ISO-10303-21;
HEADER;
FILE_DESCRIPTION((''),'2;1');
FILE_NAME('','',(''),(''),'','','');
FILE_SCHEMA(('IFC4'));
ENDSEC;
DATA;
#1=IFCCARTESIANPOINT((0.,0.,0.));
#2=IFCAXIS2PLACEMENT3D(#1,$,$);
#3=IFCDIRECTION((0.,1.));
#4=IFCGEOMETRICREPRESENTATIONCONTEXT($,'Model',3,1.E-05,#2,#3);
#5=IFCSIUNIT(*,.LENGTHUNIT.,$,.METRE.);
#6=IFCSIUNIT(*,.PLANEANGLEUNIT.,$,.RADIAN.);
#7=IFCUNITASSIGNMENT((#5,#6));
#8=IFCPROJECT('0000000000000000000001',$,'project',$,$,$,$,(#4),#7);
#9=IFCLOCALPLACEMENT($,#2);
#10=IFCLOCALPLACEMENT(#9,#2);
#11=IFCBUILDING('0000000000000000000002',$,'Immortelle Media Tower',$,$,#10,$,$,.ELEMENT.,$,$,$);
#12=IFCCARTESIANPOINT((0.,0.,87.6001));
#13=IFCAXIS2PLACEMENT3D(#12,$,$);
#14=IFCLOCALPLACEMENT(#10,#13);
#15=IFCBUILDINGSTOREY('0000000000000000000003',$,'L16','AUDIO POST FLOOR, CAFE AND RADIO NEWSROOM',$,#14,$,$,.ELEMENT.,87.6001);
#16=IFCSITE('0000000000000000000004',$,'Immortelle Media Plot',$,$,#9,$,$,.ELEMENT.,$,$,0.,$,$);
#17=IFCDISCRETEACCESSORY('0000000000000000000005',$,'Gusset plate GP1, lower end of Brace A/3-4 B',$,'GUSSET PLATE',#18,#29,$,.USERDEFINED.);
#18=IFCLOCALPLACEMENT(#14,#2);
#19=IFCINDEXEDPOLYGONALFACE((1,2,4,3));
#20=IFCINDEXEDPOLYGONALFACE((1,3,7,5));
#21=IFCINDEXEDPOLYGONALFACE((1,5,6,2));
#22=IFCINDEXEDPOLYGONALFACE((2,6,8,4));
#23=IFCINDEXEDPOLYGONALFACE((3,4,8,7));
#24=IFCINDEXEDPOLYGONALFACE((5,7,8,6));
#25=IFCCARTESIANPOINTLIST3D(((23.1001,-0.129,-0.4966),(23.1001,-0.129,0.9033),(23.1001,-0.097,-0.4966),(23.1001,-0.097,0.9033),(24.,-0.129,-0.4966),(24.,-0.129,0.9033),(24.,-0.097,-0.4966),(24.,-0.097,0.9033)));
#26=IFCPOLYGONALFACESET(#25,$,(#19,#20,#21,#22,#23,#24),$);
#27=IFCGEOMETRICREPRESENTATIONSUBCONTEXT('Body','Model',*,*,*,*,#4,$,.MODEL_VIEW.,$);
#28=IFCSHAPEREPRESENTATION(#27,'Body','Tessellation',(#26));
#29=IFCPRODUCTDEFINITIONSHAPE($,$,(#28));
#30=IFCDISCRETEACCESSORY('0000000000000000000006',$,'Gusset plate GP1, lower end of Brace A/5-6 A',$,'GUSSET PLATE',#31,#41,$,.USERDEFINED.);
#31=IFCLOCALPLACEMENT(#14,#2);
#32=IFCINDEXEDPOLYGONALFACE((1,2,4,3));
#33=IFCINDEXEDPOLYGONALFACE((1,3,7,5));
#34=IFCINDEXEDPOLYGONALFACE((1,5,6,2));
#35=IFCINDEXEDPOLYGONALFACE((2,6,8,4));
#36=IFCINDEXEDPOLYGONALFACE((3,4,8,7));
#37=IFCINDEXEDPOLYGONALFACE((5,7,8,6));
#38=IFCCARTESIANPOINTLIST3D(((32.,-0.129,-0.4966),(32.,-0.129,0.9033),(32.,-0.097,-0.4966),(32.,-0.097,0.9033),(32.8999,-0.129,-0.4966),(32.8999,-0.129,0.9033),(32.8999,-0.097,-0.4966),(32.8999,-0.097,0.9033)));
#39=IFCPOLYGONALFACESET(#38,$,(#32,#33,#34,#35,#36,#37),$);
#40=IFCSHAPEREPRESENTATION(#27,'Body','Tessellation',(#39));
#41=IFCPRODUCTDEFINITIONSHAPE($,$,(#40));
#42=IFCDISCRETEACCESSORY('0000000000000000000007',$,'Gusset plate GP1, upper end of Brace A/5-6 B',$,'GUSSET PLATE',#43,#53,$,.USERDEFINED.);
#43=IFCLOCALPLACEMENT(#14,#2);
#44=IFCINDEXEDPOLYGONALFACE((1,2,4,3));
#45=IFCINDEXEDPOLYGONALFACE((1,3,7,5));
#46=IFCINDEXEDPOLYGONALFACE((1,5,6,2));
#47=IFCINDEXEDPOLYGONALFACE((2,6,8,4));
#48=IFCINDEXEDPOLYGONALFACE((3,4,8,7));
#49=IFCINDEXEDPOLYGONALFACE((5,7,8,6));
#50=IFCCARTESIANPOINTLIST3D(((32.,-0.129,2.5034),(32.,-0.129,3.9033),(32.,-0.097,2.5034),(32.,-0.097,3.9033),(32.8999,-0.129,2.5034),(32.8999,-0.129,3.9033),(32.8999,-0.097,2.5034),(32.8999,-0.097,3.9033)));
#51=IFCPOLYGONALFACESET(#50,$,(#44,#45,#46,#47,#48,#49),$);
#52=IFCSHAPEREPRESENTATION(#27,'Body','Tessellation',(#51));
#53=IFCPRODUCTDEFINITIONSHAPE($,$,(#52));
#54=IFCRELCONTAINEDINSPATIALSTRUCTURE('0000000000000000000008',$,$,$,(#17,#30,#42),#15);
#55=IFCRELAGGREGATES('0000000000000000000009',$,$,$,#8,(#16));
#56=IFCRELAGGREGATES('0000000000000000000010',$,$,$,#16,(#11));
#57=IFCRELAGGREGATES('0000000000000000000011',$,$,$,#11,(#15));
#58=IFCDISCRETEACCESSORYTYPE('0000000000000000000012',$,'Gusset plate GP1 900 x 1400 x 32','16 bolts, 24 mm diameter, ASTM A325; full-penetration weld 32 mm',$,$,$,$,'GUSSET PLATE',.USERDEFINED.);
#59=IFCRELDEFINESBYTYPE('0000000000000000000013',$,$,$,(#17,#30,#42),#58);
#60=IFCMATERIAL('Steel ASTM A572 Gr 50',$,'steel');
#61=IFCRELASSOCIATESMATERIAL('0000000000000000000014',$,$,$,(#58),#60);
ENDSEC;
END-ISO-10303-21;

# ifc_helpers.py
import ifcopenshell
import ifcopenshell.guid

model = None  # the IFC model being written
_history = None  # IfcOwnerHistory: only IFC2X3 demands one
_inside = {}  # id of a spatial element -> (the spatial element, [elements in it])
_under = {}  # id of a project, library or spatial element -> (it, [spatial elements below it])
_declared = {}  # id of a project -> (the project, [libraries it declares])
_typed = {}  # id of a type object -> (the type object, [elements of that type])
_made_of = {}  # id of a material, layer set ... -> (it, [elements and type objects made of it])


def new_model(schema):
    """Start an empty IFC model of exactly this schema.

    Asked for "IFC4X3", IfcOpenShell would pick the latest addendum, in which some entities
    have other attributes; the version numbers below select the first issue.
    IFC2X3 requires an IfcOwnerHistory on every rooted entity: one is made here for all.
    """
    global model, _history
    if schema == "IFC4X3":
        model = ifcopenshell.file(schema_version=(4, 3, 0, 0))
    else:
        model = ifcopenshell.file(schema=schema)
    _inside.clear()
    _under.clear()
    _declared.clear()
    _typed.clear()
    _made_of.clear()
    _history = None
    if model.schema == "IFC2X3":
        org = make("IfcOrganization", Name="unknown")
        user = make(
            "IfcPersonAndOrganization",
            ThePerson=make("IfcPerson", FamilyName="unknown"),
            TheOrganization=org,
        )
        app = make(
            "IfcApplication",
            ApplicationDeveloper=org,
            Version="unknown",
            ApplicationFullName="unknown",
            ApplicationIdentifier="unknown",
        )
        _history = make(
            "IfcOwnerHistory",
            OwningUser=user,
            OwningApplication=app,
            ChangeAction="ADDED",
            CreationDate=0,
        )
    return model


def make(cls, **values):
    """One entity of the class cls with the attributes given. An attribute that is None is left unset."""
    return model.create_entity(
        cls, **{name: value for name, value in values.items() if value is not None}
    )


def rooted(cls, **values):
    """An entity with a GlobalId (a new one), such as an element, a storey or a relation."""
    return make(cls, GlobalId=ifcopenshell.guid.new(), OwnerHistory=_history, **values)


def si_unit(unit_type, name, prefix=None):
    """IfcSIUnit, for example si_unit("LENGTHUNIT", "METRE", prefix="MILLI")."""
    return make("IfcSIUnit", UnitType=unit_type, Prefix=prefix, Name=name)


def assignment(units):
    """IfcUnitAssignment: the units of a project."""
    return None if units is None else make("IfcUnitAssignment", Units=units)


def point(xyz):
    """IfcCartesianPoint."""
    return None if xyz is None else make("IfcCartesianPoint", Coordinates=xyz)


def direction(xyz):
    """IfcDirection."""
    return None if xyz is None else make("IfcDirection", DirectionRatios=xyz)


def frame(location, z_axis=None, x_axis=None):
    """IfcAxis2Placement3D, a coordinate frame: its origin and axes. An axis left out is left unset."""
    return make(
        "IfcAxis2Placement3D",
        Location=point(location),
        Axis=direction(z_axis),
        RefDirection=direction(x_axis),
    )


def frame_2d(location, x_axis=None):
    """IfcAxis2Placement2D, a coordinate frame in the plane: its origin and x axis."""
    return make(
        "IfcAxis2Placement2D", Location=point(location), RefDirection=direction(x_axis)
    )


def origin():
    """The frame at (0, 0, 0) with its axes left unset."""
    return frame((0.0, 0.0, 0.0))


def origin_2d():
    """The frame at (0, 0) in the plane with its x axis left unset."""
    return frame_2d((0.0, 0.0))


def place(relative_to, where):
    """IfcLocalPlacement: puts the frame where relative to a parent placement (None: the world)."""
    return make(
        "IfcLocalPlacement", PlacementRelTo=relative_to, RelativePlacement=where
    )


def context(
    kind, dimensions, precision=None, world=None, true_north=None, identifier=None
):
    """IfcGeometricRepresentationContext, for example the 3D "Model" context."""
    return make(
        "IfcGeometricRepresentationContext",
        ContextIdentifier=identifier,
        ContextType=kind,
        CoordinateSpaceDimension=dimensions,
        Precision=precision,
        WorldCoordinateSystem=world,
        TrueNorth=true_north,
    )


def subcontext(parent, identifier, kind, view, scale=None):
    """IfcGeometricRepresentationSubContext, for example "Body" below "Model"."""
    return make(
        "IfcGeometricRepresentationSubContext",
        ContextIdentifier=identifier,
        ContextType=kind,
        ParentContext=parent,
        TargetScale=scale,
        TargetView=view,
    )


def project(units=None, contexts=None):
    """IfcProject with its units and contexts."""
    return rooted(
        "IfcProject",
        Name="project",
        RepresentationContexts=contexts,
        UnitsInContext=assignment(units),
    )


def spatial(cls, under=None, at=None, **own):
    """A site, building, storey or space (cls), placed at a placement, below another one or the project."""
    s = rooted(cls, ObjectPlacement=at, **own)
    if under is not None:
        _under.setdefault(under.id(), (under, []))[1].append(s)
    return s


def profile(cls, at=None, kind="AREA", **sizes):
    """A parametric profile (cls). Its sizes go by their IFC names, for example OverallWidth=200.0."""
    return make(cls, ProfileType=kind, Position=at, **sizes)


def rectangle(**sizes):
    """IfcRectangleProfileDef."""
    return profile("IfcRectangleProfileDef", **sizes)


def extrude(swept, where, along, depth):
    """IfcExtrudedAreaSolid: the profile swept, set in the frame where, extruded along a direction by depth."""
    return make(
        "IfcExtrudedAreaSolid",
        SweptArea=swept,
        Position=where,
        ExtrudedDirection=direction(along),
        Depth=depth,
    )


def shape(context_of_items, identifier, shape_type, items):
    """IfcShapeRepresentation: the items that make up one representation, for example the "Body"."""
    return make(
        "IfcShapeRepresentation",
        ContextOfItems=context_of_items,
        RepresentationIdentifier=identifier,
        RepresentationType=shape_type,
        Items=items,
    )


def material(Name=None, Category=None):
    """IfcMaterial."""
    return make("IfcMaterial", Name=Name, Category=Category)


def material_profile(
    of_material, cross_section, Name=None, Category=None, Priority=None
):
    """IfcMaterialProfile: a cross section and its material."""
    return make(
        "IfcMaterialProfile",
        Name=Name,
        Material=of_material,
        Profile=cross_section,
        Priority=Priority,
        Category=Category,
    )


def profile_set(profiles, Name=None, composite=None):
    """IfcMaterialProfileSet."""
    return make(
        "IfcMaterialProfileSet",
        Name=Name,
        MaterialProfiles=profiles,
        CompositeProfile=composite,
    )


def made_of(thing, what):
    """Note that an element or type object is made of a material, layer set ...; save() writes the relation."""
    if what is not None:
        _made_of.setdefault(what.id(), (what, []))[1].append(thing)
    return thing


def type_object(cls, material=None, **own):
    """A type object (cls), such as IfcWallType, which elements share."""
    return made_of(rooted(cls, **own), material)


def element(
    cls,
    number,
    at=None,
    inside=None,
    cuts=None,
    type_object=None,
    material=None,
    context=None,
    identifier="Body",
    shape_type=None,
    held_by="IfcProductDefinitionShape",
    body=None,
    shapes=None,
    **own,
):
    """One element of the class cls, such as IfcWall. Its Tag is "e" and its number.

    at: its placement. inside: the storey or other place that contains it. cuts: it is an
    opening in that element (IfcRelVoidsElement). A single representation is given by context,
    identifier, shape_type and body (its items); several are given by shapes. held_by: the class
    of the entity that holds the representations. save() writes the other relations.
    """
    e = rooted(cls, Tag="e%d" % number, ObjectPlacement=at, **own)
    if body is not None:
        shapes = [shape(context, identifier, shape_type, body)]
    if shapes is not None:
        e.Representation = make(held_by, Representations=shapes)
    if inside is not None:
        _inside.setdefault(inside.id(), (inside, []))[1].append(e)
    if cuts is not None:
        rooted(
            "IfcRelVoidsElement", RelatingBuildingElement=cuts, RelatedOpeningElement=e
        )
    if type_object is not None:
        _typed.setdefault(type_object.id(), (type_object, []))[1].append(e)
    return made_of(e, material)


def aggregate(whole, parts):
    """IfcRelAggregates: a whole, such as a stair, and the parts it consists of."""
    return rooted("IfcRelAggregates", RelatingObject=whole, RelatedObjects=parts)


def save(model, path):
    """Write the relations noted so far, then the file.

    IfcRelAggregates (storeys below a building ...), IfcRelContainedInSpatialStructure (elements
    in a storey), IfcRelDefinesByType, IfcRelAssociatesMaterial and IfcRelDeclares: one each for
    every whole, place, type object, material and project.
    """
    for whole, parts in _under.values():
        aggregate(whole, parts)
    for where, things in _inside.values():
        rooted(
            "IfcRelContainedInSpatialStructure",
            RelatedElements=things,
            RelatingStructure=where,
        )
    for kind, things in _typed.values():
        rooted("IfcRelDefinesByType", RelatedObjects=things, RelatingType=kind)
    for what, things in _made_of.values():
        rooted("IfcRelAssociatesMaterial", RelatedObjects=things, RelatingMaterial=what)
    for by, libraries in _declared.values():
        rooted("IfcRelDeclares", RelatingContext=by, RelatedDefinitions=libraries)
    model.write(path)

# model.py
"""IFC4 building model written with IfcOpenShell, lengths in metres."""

from ifc_helpers import new_model, si_unit, direction, frame, origin, origin_2d, place, context, subcontext, project, spatial, rectangle, extrude, material, material_profile, profile_set, type_object, element, save


model = new_model("IFC4")

# Units and contexts
model_context = context("Model", 3, precision=1e-05, world=origin(), true_north=direction((0.0, 1.0)))
body_context = subcontext(model_context, "Body", "Model", "MODEL_VIEW")
ifc_project = project(units=[si_unit("LENGTHUNIT", "METRE"), si_unit("PLANEANGLEUNIT", "RADIAN")], contexts=[model_context])

# Site, building, storey
site_placement = place(None, origin())
site = spatial("IfcSite", under=ifc_project, at=site_placement, Name="Immortelle Media Plot", CompositionType="ELEMENT", RefElevation=0.0)
building_placement = place(site_placement, origin())
building = spatial("IfcBuilding", under=site, at=building_placement, Name="Immortelle Media Tower", CompositionType="ELEMENT")
storey_placement = place(building_placement, frame((0.0, 0.0, 87.6001)))
storey = spatial("IfcBuildingStorey", under=building, at=storey_placement, Name="L16", Description="AUDIO POST FLOOR, CAFE AND RADIO NEWSROOM", CompositionType="ELEMENT", Elevation=87.6001)

# Discrete accessories
ifc_material_1 = material(Name="Steel ASTM A572 Gr 50", Category="steel")
ifc_material_profile_1 = material_profile(ifc_material_1, rectangle(XDim=0.032, YDim=1.3999, at=origin_2d()), Name="PL 32 x 1400")
ifc_profile_set_1 = profile_set([ifc_material_profile_1], Name="Steel ASTM A572 Gr 50")
discrete_accessory_type = type_object("IfcDiscreteAccessoryType", Name="Gusset plate GP1 900 x 1400 x 32", Description="16 bolts, 24 mm diameter, ASTM A325; full-penetration weld 32 mm", ElementType="GUSSET PLATE", PredefinedType="USERDEFINED", material=ifc_profile_set_1)
for number, where, z_axis, x_axis, name in (
    (1, (24.0, -0.113, 0.2034), (-1.0, 0.0, 0.0), (0.0, -1.0, 0.0), "Gusset plate GP1, lower end of Brace A/3-4 B"),
    (2, (32.0, -0.113, 0.2034), (1.0, 0.0, 0.0), (0.0, 1.0, 0.0), "Gusset plate GP1, lower end of Brace A/5-6 A"),
    (3, (32.0, -0.113, 3.2034), (1.0, 0.0, 0.0), (0.0, 1.0, 0.0), "Gusset plate GP1, upper end of Brace A/5-6 B"),
):
    element("IfcDiscreteAccessory", number, at=place(storey_placement, frame(where, z_axis=z_axis, x_axis=x_axis)), inside=storey, type_object=discrete_accessory_type, Name=name, ObjectType="GUSSET PLATE", PredefinedType="USERDEFINED", context=body_context, shape_type="SweptSolid", body=[
        extrude(rectangle(XDim=0.032, YDim=1.3999, at=origin_2d()), origin(), (0.0, 0.0, 1.0), 0.8999),
    ])

save(model, "model.ifc")
